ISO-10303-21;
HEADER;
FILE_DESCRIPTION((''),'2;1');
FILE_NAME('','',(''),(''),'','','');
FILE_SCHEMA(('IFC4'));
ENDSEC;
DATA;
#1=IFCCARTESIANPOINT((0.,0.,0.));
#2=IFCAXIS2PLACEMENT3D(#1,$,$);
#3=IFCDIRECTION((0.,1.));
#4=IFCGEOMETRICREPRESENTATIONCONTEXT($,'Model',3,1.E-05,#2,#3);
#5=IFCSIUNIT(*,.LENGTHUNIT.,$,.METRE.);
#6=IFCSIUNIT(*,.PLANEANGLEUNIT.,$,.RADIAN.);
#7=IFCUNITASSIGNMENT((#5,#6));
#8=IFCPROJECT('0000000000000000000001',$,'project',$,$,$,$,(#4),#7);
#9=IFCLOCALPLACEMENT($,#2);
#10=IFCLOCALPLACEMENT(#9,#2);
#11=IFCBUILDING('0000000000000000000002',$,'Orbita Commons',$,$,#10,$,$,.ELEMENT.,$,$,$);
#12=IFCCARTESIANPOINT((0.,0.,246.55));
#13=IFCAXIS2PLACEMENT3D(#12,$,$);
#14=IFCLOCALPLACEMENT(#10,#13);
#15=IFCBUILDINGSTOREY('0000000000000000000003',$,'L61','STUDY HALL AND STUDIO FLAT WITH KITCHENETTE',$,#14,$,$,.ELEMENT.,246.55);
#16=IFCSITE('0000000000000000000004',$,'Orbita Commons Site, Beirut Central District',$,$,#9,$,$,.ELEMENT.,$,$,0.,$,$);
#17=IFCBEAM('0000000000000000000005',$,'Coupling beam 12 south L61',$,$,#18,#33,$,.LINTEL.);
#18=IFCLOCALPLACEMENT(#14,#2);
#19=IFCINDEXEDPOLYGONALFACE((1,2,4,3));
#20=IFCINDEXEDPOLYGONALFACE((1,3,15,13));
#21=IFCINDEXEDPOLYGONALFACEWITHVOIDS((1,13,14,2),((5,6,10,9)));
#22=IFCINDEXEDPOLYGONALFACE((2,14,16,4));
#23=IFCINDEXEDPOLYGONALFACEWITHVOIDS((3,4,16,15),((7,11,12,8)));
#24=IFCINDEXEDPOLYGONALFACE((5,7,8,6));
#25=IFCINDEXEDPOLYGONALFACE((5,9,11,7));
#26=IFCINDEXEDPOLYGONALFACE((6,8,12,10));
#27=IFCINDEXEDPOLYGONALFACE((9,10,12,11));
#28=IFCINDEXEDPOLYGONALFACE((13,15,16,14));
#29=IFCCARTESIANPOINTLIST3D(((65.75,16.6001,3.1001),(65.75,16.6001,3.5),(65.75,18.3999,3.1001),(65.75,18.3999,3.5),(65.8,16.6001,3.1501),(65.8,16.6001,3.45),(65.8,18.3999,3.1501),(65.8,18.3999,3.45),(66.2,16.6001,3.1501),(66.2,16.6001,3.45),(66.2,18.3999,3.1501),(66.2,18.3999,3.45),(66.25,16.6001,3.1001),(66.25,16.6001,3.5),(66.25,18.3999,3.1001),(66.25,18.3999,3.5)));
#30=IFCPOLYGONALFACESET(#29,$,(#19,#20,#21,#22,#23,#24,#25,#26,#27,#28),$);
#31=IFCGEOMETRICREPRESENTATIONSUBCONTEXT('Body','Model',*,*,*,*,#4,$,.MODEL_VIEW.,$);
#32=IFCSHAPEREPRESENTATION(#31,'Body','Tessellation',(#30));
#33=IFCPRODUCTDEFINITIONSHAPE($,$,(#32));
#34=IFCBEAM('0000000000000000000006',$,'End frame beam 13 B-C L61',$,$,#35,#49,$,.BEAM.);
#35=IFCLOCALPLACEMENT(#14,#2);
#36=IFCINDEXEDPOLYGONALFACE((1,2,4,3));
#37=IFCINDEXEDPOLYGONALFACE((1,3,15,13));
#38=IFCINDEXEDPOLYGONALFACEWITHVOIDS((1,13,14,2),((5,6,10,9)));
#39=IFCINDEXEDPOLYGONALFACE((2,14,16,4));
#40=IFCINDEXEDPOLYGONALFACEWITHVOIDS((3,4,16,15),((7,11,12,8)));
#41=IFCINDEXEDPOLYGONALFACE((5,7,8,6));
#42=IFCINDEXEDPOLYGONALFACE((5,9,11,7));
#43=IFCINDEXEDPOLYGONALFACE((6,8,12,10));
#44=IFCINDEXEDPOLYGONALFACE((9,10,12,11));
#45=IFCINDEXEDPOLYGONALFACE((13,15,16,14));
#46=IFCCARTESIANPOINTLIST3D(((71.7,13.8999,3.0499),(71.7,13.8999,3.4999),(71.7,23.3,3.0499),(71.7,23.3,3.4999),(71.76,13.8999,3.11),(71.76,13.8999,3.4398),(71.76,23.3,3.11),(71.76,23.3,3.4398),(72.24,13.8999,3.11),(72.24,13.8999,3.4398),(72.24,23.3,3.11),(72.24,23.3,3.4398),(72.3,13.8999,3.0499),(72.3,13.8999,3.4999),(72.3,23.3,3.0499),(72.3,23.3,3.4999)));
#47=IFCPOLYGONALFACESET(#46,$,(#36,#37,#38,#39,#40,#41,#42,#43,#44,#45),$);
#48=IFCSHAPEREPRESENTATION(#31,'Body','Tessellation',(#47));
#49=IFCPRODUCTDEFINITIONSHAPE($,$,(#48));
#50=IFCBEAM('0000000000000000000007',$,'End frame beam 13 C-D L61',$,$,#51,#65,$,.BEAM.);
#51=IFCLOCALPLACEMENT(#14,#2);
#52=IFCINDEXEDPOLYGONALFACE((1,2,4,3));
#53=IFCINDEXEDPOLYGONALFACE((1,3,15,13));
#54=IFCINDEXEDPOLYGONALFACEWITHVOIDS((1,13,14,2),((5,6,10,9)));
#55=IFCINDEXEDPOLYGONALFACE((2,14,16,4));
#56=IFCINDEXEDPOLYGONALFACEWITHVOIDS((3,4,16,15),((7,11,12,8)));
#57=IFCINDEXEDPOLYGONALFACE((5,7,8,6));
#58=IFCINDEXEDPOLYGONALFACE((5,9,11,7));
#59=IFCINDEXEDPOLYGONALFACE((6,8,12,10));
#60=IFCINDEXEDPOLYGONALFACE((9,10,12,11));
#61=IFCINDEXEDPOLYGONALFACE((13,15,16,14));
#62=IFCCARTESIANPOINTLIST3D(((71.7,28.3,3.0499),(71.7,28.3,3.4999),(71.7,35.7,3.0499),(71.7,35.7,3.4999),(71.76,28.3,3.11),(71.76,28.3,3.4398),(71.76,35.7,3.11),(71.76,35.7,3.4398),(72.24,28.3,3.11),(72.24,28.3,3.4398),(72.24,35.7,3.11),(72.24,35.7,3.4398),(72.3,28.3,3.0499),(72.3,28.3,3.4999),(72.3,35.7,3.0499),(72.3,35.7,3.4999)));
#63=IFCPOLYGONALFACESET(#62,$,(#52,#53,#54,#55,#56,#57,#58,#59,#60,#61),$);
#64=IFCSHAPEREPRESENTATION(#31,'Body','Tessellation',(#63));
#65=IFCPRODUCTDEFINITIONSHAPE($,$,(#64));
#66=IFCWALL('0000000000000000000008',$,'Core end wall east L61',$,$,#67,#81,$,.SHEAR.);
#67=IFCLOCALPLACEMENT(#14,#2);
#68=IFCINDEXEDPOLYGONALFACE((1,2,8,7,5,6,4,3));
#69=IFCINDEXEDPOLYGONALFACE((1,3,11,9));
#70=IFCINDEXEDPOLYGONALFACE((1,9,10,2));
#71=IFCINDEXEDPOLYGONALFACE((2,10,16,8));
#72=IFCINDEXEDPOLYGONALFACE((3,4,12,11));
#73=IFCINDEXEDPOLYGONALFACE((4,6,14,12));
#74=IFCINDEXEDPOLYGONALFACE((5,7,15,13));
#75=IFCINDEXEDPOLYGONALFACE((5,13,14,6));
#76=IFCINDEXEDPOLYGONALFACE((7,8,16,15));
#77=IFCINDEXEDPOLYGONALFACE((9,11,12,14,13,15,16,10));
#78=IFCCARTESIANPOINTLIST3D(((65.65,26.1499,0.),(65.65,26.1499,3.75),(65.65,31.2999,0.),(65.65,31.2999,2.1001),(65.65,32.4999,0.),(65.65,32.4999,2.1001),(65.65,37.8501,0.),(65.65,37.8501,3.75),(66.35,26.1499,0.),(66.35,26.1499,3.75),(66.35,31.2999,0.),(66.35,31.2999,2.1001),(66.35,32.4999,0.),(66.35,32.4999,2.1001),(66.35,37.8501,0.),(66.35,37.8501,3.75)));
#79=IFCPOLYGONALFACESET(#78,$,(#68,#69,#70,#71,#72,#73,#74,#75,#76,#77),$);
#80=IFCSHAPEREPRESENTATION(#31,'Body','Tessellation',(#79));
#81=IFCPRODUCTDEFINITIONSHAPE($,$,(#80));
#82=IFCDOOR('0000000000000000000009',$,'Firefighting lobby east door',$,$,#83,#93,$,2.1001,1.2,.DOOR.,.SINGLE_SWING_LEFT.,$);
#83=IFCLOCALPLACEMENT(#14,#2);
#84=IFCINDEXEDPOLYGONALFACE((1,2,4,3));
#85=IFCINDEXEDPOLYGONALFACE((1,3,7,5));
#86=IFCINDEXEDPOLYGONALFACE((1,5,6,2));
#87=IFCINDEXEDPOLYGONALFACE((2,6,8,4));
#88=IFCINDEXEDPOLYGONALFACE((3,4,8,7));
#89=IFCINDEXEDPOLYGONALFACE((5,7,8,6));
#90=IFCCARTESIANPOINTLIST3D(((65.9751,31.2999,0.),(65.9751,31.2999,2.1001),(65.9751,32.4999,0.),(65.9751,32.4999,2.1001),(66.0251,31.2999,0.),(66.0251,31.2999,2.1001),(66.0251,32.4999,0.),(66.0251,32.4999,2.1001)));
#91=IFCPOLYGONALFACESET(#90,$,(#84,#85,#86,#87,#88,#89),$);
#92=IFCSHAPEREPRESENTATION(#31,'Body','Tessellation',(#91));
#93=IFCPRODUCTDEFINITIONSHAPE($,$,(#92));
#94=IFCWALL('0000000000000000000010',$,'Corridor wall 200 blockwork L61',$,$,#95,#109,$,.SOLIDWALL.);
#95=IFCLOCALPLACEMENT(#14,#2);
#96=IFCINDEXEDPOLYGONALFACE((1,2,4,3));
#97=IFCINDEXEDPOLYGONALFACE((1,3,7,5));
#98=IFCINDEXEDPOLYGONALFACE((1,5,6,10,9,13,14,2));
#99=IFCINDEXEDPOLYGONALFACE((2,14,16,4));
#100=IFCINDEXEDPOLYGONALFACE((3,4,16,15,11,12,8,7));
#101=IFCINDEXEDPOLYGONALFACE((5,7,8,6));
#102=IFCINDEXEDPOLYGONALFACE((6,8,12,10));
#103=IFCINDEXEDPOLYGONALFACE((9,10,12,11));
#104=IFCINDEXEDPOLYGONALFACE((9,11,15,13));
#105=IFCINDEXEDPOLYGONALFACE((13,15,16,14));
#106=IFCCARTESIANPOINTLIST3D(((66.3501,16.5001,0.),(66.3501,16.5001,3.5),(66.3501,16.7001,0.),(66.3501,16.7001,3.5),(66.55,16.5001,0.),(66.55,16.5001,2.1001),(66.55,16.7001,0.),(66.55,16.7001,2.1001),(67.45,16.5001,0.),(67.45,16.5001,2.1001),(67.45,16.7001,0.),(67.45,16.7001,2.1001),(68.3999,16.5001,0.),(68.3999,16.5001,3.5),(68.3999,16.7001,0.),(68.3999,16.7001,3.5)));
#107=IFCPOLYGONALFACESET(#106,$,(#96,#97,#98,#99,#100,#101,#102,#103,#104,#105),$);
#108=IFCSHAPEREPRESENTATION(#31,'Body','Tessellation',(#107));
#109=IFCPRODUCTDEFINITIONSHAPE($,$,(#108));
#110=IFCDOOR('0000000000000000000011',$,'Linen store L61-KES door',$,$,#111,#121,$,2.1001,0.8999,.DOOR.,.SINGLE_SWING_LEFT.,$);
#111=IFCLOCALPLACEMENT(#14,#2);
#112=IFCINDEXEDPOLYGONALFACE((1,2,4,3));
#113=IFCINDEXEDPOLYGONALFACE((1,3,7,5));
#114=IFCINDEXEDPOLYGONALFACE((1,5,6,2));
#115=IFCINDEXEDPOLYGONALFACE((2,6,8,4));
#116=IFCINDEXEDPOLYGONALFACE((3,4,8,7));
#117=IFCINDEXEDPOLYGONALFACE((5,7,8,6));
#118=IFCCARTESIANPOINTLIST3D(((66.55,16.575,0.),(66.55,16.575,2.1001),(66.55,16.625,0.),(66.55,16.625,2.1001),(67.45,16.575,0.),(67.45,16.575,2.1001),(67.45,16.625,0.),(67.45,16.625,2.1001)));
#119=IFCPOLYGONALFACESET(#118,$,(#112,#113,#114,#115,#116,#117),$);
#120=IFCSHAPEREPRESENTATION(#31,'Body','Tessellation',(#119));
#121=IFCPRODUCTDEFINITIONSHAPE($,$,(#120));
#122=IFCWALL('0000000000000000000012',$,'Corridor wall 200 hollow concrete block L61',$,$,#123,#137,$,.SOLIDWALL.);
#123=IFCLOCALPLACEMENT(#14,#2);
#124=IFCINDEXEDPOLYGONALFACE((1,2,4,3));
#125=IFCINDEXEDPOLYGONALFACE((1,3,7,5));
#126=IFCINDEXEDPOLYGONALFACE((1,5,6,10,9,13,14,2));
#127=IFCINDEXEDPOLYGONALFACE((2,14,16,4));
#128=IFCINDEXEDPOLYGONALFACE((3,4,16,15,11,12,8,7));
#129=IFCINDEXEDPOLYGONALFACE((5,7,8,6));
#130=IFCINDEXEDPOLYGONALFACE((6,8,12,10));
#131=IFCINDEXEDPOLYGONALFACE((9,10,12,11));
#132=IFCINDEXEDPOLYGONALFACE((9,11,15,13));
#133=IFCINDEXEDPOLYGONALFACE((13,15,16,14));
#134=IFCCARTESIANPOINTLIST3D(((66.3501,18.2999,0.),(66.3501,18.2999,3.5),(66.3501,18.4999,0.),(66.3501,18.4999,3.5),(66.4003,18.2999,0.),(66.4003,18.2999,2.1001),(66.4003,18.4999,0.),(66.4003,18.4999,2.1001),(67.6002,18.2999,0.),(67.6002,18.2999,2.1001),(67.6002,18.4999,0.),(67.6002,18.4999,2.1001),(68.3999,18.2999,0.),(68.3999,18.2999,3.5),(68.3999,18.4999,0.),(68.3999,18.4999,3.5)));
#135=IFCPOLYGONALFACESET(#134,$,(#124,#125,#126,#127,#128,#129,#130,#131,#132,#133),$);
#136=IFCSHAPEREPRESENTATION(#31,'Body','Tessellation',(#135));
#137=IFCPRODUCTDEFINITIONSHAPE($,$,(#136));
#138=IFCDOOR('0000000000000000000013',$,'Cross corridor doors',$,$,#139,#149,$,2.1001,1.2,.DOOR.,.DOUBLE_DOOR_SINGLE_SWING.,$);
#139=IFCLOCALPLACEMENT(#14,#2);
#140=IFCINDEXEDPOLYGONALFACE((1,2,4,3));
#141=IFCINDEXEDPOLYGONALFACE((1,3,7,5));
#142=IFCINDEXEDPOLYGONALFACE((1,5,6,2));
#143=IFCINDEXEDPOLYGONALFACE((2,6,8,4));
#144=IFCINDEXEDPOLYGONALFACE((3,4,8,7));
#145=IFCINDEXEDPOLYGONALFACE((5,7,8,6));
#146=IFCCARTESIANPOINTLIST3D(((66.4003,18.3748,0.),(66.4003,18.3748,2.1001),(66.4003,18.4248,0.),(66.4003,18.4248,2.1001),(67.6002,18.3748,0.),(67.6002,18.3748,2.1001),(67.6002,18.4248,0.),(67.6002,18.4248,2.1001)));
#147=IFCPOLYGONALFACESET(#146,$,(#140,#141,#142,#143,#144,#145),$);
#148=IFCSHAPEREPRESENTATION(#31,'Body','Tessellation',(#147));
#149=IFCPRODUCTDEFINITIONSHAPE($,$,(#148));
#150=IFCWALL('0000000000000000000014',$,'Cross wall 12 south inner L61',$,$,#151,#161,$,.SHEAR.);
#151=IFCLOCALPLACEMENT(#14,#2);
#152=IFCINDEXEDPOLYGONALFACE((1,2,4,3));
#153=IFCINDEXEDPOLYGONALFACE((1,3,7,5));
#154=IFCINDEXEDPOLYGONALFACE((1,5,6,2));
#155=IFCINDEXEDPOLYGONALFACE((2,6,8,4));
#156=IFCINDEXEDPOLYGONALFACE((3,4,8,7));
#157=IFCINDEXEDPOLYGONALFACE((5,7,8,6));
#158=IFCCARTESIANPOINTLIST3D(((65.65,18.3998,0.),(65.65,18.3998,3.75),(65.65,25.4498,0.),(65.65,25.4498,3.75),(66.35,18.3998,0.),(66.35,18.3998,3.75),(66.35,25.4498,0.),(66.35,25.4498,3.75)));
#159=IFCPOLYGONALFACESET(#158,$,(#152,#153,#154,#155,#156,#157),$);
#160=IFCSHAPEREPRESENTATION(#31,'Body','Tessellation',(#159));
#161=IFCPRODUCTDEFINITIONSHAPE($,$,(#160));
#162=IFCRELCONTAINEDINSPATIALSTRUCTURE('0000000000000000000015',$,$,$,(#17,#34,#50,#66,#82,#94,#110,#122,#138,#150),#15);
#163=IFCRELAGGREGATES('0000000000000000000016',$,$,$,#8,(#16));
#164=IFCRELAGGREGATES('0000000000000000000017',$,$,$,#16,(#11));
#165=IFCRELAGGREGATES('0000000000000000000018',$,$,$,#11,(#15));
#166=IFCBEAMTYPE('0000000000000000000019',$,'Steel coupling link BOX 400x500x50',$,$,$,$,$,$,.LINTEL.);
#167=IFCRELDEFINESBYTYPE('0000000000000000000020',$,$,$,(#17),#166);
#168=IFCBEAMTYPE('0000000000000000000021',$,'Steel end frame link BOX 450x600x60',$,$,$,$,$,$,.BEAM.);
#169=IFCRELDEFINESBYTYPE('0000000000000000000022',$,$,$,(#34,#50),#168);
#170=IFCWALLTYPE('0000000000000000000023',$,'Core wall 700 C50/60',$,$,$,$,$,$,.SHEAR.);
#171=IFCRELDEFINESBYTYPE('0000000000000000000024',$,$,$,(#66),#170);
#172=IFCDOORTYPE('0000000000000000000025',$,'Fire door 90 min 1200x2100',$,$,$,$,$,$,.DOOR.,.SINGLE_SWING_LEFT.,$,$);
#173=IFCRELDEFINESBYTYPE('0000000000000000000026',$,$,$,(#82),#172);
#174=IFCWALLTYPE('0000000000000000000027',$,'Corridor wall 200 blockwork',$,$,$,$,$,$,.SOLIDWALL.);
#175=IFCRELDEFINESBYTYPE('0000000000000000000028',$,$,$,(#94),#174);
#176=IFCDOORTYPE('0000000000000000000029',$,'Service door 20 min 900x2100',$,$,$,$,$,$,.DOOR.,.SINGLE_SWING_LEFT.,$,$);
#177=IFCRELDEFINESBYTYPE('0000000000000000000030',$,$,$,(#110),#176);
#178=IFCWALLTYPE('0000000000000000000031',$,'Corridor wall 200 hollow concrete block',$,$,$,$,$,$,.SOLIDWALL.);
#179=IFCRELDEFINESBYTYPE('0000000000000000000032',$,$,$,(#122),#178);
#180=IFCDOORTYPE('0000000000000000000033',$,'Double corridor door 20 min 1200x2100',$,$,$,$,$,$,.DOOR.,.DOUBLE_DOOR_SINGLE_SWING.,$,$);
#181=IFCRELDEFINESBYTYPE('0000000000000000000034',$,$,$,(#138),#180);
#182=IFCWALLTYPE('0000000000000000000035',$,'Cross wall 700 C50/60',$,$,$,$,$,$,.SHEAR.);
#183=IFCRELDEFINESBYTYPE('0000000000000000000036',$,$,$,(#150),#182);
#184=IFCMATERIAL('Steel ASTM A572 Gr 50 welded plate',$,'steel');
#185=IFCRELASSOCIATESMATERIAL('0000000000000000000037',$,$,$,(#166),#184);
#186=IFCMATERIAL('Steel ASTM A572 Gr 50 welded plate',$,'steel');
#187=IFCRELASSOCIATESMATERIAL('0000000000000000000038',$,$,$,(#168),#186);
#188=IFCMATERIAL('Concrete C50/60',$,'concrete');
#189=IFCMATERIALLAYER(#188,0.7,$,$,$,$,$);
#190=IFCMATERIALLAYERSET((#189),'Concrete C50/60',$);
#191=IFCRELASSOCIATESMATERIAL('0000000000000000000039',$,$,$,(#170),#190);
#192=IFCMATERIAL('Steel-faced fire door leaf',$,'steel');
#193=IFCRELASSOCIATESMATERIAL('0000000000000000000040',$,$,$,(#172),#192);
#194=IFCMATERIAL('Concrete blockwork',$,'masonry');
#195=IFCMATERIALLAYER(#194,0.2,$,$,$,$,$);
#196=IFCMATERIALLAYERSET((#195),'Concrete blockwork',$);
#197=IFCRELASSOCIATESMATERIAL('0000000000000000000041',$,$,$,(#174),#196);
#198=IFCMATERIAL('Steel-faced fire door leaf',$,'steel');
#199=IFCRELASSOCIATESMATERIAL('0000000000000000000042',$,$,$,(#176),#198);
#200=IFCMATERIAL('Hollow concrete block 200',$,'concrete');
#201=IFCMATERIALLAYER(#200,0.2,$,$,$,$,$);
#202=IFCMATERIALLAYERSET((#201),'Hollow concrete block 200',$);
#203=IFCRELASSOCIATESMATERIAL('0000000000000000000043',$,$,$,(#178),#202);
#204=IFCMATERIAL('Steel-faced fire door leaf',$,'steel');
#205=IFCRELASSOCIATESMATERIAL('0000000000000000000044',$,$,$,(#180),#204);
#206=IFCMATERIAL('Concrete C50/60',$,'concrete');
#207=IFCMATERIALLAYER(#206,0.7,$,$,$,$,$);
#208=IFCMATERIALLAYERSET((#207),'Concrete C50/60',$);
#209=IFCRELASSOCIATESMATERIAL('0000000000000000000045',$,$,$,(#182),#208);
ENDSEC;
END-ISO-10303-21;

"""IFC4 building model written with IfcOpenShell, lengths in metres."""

from ifc_helpers import new_model, si_unit, direction, frame, frame_2d, origin, origin_2d, place, context, subcontext, project, spatial, rectangle, hollow_rectangle, extrude, material, layer, layer_set, material_profile, profile_set, type_object, element, fill, save


model = new_model("IFC4")

# Units and contexts
model_context = context("Model", 3, precision=1e-05, world=origin(), true_north=direction((0.0, 1.0)))
body_context = subcontext(model_context, "Body", "Model", "MODEL_VIEW")
ifc_project = project(units=[si_unit("LENGTHUNIT", "METRE"), si_unit("PLANEANGLEUNIT", "RADIAN")], contexts=[model_context])

# Site, building, storey
site_placement = place(None, origin())
site = spatial("IfcSite", under=ifc_project, at=site_placement, Name="Orbita Commons Site, Beirut Central District", CompositionType="ELEMENT", RefElevation=0.0)
building_placement = place(site_placement, origin())
building = spatial("IfcBuilding", under=site, at=building_placement, Name="Orbita Commons", CompositionType="ELEMENT")
storey_placement = place(building_placement, frame((0.0, 0.0, 246.55)))
storey = spatial("IfcBuildingStorey", under=building, at=storey_placement, Name="L61", Description="STUDY HALL AND STUDIO FLAT WITH KITCHENETTE", CompositionType="ELEMENT", Elevation=246.55)

# Beams
ifc_material_1 = material(Name="Steel ASTM A572 Gr 50 welded plate", Category="steel")
ifc_material_profile_1 = material_profile(ifc_material_1, hollow_rectangle(XDim=0.5, YDim=0.3999, WallThickness=0.05, at=origin_2d()), Name="BOX 400x500x50")
ifc_profile_set_1 = profile_set([ifc_material_profile_1], Name="Steel ASTM A572 Gr 50 welded plate")
beam_type_1 = type_object("IfcBeamType", Name="Steel coupling link BOX 400x500x50", PredefinedType="LINTEL", material=ifc_profile_set_1)
beam_1_placement = place(storey_placement, frame((66.0, 16.6001, 3.3), z_axis=(0.0, 1.0, 0.0), x_axis=(-1.0, 0.0, 0.0)))
element("IfcBeam", 1, at=beam_1_placement, inside=storey, type_object=beam_type_1, Name="Coupling beam 12 south L61", PredefinedType="LINTEL", context=body_context, shape_type="SweptSolid", body=[
    extrude(hollow_rectangle(XDim=0.5, YDim=0.3999, WallThickness=0.05, at=origin_2d()), origin(), (0.0, 0.0, 1.0), 1.7998),
])
ifc_material_2 = material(Name="Steel ASTM A572 Gr 50 welded plate", Category="steel")
ifc_material_profile_2 = material_profile(ifc_material_2, hollow_rectangle(XDim=0.6001, YDim=0.45, WallThickness=0.0601, at=origin_2d()), Name="BOX 450x600x60")
ifc_profile_set_2 = profile_set([ifc_material_profile_2], Name="Steel ASTM A572 Gr 50 welded plate")
beam_type_2 = type_object("IfcBeamType", Name="Steel end frame link BOX 450x600x60", PredefinedType="BEAM", material=ifc_profile_set_2)
beam_2_placement = place(storey_placement, frame((72.0, 13.8999, 3.2749), z_axis=(0.0, 1.0, 0.0), x_axis=(-1.0, 0.0, 0.0)))
element("IfcBeam", 2, at=beam_2_placement, inside=storey, type_object=beam_type_2, Name="End frame beam 13 B-C L61", PredefinedType="BEAM", context=body_context, shape_type="SweptSolid", body=[
    extrude(hollow_rectangle(XDim=0.6001, YDim=0.45, WallThickness=0.0601, at=origin_2d()), origin(), (0.0, 0.0, 1.0), 9.4001),
])
beam_3_placement = place(storey_placement, frame((72.0, 28.3, 3.2749), z_axis=(0.0, 1.0, 0.0), x_axis=(-1.0, 0.0, 0.0)))
element("IfcBeam", 3, at=beam_3_placement, inside=storey, type_object=beam_type_2, Name="End frame beam 13 C-D L61", PredefinedType="BEAM", context=body_context, shape_type="SweptSolid", body=[
    extrude(hollow_rectangle(XDim=0.6001, YDim=0.45, WallThickness=0.0601, at=origin_2d()), origin(), (0.0, 0.0, 1.0), 7.3999),
])

# Walls, openings, doors
ifc_material_3 = material(Name="Concrete C50/60", Category="concrete")
ifc_layer_1 = layer(ifc_material_3, 0.7)
ifc_layer_set_1 = layer_set([ifc_layer_1], Name="Concrete C50/60")
wall_type_1 = type_object("IfcWallType", Name="Core wall 700 C50/60", PredefinedType="SHEAR", material=ifc_layer_set_1)
wall_1_placement = place(storey_placement, frame((66.0, 26.1499, 0.0), z_axis=(0.0, 0.0, 1.0), x_axis=(0.0, 1.0, 0.0)))
wall_1 = element("IfcWall", 4, at=wall_1_placement, inside=storey, type_object=wall_type_1, Name="Core end wall east L61", PredefinedType="SHEAR", context=body_context, shape_type="SweptSolid", body=[
    extrude(rectangle(XDim=11.7002, YDim=0.7, at=frame_2d((5.8501, 0.0))), origin(), (0.0, 0.0, 1.0), 3.75),
])
opening_1_placement = place(wall_1_placement, frame((5.1499, 0.0, 0.0)))
opening_1 = element("IfcOpeningElement", 5, at=opening_1_placement, cuts=wall_1, PredefinedType="OPENING", context=body_context, shape_type="SweptSolid", body=[
    extrude(rectangle(XDim=1.2, YDim=2.1001, at=frame_2d((0.6001, 1.05))), frame((0.0, 0.3599, 0.0), z_axis=(0.0, -1.0, 0.0), x_axis=(1.0, 0.0, 0.0)), (0.0, 0.0, 1.0), 0.72),
])
ifc_material_4 = material(Name="Steel-faced fire door leaf", Category="steel")
door_type_1 = type_object("IfcDoorType", Name="Fire door 90 min 1200x2100", OperationType="SINGLE_SWING_LEFT", PredefinedType="DOOR", material=ifc_material_4)
door_1_placement = place(opening_1_placement, origin())
door_1 = element("IfcDoor", 6, at=door_1_placement, inside=storey, type_object=door_type_1, Name="Firefighting lobby east door", OperationType="SINGLE_SWING_LEFT", OverallHeight=2.1001, OverallWidth=1.2, PredefinedType="DOOR", context=body_context, shape_type="SweptSolid", body=[
    extrude(rectangle(XDim=1.2, YDim=2.1001, at=frame_2d((0.6001, 1.05))), frame((0.0, 0.0249, 0.0), z_axis=(0.0, -1.0, 0.0), x_axis=(1.0, 0.0, 0.0)), (0.0, 0.0, 1.0), 0.05),
])
fill(opening_1, door_1)
ifc_material_5 = material(Name="Concrete blockwork", Category="masonry")
ifc_layer_2 = layer(ifc_material_5, 0.2)
ifc_layer_set_2 = layer_set([ifc_layer_2], Name="Concrete blockwork")
wall_type_2 = type_object("IfcWallType", Name="Corridor wall 200 blockwork", PredefinedType="SOLIDWALL", material=ifc_layer_set_2)
wall_2_placement = place(storey_placement, frame((66.3501, 16.6001, 0.0), z_axis=(0.0, 0.0, 1.0), x_axis=(1.0, 0.0, 0.0)))
wall_2 = element("IfcWall", 7, at=wall_2_placement, inside=storey, type_object=wall_type_2, Name="Corridor wall 200 blockwork L61", PredefinedType="SOLIDWALL", context=body_context, shape_type="SweptSolid", body=[
    extrude(rectangle(XDim=2.0498, YDim=0.2, at=frame_2d((1.0249, 0.0))), origin(), (0.0, 0.0, 1.0), 3.5),
])
opening_2_placement = place(wall_2_placement, frame((0.2, 0.0, 0.0)))
opening_2 = element("IfcOpeningElement", 8, at=opening_2_placement, cuts=wall_2, PredefinedType="OPENING", context=body_context, shape_type="SweptSolid", body=[
    extrude(rectangle(XDim=0.8999, YDim=2.1001, at=frame_2d((0.45, 1.05))), frame((0.0, 0.1099, 0.0), z_axis=(0.0, -1.0, 0.0), x_axis=(1.0, 0.0, 0.0)), (0.0, 0.0, 1.0), 0.22),
])
ifc_material_6 = material(Name="Steel-faced fire door leaf", Category="steel")
door_type_2 = type_object("IfcDoorType", Name="Service door 20 min 900x2100", OperationType="SINGLE_SWING_LEFT", PredefinedType="DOOR", material=ifc_material_6)
door_2_placement = place(opening_2_placement, origin())
door_2 = element("IfcDoor", 9, at=door_2_placement, inside=storey, type_object=door_type_2, Name="Linen store L61-KES door", OperationType="SINGLE_SWING_LEFT", OverallHeight=2.1001, OverallWidth=0.8999, PredefinedType="DOOR", context=body_context, shape_type="SweptSolid", body=[
    extrude(rectangle(XDim=0.8999, YDim=2.1001, at=frame_2d((0.45, 1.05))), frame((0.0, 0.0249, 0.0), z_axis=(0.0, -1.0, 0.0), x_axis=(1.0, 0.0, 0.0)), (0.0, 0.0, 1.0), 0.05),
])
fill(opening_2, door_2)
ifc_material_7 = material(Name="Hollow concrete block 200", Category="concrete")
ifc_layer_3 = layer(ifc_material_7, 0.2)
ifc_layer_set_3 = layer_set([ifc_layer_3], Name="Hollow concrete block 200")
wall_type_3 = type_object("IfcWallType", Name="Corridor wall 200 hollow concrete block", PredefinedType="SOLIDWALL", material=ifc_layer_set_3)
wall_3_placement = place(storey_placement, frame((66.3501, 18.3999, 0.0), z_axis=(0.0, 0.0, 1.0), x_axis=(1.0, 0.0, 0.0)))
wall_3 = element("IfcWall", 10, at=wall_3_placement, inside=storey, type_object=wall_type_3, Name="Corridor wall 200 hollow concrete block L61", PredefinedType="SOLIDWALL", context=body_context, shape_type="SweptSolid", body=[
    extrude(rectangle(XDim=2.0498, YDim=0.2, at=frame_2d((1.0249, 0.0))), origin(), (0.0, 0.0, 1.0), 3.5),
])
opening_3_placement = place(wall_3_placement, frame((0.05, 0.0, 0.0)))
opening_3 = element("IfcOpeningElement", 11, at=opening_3_placement, cuts=wall_3, PredefinedType="OPENING", context=body_context, shape_type="SweptSolid", body=[
    extrude(rectangle(XDim=1.2, YDim=2.1001, at=frame_2d((0.6001, 1.05))), frame((0.0, 0.1099, 0.0), z_axis=(0.0, -1.0, 0.0), x_axis=(1.0, 0.0, 0.0)), (0.0, 0.0, 1.0), 0.22),
])
ifc_material_8 = material(Name="Steel-faced fire door leaf", Category="steel")
door_type_3 = type_object("IfcDoorType", Name="Double corridor door 20 min 1200x2100", OperationType="DOUBLE_DOOR_SINGLE_SWING", PredefinedType="DOOR", material=ifc_material_8)
door_3_placement = place(opening_3_placement, origin())
door_3 = element("IfcDoor", 12, at=door_3_placement, inside=storey, type_object=door_type_3, Name="Cross corridor doors", OperationType="DOUBLE_DOOR_SINGLE_SWING", OverallHeight=2.1001, OverallWidth=1.2, PredefinedType="DOOR", context=body_context, shape_type="SweptSolid", body=[
    extrude(rectangle(XDim=1.2, YDim=2.1001, at=frame_2d((0.6001, 1.05))), frame((0.0, 0.0249, 0.0), z_axis=(0.0, -1.0, 0.0), x_axis=(1.0, 0.0, 0.0)), (0.0, 0.0, 1.0), 0.05),
])
fill(opening_3, door_3)

# Wall
ifc_material_9 = material(Name="Concrete C50/60", Category="concrete")
ifc_layer_4 = layer(ifc_material_9, 0.7)
ifc_layer_set_4 = layer_set([ifc_layer_4], Name="Concrete C50/60")
wall_type_4 = type_object("IfcWallType", Name="Cross wall 700 C50/60", PredefinedType="SHEAR", material=ifc_layer_set_4)
wall_4_placement = place(storey_placement, frame((66.0, 18.3999, 0.0), z_axis=(0.0, 0.0, 1.0), x_axis=(0.0, 1.0, 0.0)))
element("IfcWall", 13, at=wall_4_placement, inside=storey, type_object=wall_type_4, Name="Cross wall 12 south inner L61", PredefinedType="SHEAR", context=body_context, shape_type="SweptSolid", body=[
    extrude(rectangle(XDim=7.05, YDim=0.7, at=frame_2d((3.5249, 0.0))), origin(), (0.0, 0.0, 1.0), 3.75),
])

save(model, "model.ifc")
